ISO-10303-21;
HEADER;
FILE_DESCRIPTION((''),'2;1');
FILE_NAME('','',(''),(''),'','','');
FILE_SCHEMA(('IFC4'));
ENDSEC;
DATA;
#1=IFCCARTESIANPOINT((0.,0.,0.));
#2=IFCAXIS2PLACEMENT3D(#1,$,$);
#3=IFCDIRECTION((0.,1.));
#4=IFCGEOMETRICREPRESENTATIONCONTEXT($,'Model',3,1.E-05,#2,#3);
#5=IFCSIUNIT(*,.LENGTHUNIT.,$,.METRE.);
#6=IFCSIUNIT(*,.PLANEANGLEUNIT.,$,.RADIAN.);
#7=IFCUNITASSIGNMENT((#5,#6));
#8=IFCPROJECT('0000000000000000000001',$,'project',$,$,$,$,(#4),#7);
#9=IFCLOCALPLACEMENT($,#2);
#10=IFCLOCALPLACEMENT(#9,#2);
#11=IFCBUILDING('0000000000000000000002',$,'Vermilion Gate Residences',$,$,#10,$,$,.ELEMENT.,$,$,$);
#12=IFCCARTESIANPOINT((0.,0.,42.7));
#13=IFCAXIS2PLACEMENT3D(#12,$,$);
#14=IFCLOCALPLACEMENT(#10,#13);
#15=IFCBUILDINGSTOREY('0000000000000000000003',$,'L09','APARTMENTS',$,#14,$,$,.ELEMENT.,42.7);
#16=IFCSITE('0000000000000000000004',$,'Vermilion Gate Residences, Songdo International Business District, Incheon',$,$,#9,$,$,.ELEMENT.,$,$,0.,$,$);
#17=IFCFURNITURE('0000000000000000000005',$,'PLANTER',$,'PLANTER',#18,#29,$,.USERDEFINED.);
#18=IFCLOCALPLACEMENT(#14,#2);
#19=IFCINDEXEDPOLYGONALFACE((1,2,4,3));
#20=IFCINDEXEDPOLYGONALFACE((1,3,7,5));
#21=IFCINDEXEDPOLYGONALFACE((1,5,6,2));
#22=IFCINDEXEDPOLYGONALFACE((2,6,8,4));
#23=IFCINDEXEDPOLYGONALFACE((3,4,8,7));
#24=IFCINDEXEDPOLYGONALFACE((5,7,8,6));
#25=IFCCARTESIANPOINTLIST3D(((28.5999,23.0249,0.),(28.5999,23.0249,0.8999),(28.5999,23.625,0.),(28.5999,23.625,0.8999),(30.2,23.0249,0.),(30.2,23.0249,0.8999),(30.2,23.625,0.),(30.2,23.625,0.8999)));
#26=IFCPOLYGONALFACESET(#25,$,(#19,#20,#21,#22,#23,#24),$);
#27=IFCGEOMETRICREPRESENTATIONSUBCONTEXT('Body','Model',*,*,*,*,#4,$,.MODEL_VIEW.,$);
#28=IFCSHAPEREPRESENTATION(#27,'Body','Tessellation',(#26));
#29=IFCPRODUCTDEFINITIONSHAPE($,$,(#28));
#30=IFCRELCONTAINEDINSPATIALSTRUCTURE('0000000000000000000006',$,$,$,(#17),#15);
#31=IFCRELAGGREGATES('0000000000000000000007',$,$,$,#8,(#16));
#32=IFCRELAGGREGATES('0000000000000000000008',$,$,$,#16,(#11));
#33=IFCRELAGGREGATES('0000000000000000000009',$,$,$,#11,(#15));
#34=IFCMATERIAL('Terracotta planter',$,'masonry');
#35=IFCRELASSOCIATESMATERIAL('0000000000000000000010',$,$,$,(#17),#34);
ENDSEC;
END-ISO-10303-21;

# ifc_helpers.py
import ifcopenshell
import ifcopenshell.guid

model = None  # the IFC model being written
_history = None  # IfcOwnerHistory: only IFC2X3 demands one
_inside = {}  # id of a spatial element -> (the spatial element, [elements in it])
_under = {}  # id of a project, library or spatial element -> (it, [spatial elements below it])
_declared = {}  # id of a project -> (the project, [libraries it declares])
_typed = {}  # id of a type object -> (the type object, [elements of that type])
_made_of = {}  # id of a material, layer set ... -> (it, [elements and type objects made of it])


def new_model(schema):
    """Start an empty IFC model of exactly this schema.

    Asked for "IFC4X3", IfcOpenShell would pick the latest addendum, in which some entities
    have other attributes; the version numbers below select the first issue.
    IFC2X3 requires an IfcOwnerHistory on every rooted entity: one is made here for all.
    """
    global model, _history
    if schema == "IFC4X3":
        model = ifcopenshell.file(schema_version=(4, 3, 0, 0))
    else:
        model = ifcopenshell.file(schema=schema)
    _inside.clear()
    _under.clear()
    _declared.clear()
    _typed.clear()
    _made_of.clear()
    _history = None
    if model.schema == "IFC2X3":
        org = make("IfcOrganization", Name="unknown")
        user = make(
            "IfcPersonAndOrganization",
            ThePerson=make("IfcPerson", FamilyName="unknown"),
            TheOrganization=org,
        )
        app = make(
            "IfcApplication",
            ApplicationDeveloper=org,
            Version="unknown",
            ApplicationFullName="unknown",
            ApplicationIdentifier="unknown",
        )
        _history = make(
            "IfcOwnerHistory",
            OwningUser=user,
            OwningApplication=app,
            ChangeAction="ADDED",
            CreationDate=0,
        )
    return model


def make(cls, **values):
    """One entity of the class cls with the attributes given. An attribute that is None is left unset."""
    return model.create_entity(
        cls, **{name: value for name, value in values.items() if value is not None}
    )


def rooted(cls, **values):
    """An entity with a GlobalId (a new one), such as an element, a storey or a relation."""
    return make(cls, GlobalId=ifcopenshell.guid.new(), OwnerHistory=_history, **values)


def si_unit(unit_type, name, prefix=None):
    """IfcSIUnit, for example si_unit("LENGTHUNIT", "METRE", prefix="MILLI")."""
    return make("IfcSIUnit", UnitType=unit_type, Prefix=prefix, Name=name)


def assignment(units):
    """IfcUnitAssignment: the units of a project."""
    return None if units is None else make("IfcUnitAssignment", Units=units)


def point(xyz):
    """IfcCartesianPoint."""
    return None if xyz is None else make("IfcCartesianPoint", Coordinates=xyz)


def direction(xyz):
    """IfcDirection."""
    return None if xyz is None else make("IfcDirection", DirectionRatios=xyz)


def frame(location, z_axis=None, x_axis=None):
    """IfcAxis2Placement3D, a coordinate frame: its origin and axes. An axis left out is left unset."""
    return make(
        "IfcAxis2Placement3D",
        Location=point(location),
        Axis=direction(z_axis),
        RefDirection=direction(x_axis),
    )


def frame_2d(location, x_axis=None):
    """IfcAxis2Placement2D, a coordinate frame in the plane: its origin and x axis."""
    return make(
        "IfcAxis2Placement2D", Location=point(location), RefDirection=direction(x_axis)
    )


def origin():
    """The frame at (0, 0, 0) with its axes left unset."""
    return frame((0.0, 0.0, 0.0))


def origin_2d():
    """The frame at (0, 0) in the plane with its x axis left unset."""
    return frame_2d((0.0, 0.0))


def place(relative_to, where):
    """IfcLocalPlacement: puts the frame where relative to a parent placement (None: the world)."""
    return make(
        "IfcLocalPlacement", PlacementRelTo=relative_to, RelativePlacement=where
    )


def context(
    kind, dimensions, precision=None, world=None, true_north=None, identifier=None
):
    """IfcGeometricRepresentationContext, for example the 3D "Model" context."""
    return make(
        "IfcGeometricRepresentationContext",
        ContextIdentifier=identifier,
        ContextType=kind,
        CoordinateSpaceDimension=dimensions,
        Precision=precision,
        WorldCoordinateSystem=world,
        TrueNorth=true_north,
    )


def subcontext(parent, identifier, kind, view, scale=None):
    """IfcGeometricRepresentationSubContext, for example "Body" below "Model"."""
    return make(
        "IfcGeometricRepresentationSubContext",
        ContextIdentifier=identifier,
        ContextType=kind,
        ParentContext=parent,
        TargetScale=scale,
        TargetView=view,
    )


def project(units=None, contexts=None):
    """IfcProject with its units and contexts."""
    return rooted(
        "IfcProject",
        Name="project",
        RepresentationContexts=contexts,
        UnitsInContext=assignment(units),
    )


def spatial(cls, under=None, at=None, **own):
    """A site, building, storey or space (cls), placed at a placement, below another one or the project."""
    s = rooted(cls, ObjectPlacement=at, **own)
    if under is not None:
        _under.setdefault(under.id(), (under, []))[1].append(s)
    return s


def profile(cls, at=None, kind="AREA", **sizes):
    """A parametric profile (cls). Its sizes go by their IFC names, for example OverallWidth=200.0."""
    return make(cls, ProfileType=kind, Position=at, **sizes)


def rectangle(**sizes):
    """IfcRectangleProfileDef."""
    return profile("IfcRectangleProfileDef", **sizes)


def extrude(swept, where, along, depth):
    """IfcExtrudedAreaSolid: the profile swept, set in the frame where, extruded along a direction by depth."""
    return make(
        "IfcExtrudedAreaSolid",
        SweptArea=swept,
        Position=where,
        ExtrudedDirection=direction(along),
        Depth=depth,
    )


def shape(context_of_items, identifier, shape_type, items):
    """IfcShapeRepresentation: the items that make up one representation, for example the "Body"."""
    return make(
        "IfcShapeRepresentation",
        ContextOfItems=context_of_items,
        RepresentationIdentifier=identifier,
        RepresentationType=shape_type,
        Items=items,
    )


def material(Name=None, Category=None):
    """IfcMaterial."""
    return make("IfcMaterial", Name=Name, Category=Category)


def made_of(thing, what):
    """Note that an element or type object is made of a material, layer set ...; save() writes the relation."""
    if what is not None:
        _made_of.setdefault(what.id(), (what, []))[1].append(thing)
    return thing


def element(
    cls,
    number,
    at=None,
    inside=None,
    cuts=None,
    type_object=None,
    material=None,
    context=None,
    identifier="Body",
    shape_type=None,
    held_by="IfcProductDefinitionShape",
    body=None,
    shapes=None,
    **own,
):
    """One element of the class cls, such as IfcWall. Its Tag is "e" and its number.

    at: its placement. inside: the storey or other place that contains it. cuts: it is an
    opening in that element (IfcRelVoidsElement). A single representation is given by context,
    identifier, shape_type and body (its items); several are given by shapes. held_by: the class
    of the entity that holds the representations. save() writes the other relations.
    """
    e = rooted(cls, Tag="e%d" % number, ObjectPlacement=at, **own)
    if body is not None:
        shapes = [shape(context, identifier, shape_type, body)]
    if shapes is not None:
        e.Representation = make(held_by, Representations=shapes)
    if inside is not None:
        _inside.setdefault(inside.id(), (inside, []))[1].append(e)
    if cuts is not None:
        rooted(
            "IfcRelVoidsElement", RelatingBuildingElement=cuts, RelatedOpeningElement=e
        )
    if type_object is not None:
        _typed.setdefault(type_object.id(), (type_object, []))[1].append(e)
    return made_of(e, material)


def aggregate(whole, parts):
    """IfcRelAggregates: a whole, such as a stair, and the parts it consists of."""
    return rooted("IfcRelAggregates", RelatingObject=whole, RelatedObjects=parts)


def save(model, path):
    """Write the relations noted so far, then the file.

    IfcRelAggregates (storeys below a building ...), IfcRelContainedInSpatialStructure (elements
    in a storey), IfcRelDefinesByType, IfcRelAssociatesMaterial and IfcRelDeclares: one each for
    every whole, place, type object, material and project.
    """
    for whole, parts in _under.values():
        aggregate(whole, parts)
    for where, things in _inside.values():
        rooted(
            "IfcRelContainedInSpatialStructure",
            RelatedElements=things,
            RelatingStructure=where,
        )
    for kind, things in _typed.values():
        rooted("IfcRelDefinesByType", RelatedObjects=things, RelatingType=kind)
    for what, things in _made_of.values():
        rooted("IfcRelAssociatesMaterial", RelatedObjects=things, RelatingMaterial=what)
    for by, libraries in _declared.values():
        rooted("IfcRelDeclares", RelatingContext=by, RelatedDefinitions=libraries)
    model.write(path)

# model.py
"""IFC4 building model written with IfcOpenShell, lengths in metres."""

from ifc_helpers import new_model, si_unit, direction, frame, origin, origin_2d, place, context, subcontext, project, spatial, rectangle, extrude, material, element, save


model = new_model("IFC4")

# Units and contexts
model_context = context("Model", 3, precision=1e-05, world=origin(), true_north=direction((0.0, 1.0)))
body_context = subcontext(model_context, "Body", "Model", "MODEL_VIEW")
ifc_project = project(units=[si_unit("LENGTHUNIT", "METRE"), si_unit("PLANEANGLEUNIT", "RADIAN")], contexts=[model_context])

# Site, building, storey
site_placement = place(None, origin())
site = spatial("IfcSite", under=ifc_project, at=site_placement, Name="Vermilion Gate Residences, Songdo International Business District, Incheon", CompositionType="ELEMENT", RefElevation=0.0)
building_placement = place(site_placement, origin())
building = spatial("IfcBuilding", under=site, at=building_placement, Name="Vermilion Gate Residences", CompositionType="ELEMENT")
storey_placement = place(building_placement, frame((0.0, 0.0, 42.7)))
storey = spatial("IfcBuildingStorey", under=building, at=storey_placement, Name="L09", Description="APARTMENTS", CompositionType="ELEMENT", Elevation=42.7)

# Furniture
ifc_material_1 = material(Name="Terracotta planter", Category="masonry")
furniture_placement = place(storey_placement, frame((29.3999, 23.325, 0.0), z_axis=(0.0, 0.0, 1.0), x_axis=(-1.0, 0.0, 0.0)))
element("IfcFurniture", 1, at=furniture_placement, inside=storey, material=ifc_material_1, Name="PLANTER", ObjectType="PLANTER", PredefinedType="USERDEFINED", context=body_context, shape_type="SweptSolid", body=[
    extrude(rectangle(XDim=1.6001, YDim=0.6001, at=origin_2d()), origin(), (0.0, 0.0, 1.0), 0.8999),
])

save(model, "model.ifc")
